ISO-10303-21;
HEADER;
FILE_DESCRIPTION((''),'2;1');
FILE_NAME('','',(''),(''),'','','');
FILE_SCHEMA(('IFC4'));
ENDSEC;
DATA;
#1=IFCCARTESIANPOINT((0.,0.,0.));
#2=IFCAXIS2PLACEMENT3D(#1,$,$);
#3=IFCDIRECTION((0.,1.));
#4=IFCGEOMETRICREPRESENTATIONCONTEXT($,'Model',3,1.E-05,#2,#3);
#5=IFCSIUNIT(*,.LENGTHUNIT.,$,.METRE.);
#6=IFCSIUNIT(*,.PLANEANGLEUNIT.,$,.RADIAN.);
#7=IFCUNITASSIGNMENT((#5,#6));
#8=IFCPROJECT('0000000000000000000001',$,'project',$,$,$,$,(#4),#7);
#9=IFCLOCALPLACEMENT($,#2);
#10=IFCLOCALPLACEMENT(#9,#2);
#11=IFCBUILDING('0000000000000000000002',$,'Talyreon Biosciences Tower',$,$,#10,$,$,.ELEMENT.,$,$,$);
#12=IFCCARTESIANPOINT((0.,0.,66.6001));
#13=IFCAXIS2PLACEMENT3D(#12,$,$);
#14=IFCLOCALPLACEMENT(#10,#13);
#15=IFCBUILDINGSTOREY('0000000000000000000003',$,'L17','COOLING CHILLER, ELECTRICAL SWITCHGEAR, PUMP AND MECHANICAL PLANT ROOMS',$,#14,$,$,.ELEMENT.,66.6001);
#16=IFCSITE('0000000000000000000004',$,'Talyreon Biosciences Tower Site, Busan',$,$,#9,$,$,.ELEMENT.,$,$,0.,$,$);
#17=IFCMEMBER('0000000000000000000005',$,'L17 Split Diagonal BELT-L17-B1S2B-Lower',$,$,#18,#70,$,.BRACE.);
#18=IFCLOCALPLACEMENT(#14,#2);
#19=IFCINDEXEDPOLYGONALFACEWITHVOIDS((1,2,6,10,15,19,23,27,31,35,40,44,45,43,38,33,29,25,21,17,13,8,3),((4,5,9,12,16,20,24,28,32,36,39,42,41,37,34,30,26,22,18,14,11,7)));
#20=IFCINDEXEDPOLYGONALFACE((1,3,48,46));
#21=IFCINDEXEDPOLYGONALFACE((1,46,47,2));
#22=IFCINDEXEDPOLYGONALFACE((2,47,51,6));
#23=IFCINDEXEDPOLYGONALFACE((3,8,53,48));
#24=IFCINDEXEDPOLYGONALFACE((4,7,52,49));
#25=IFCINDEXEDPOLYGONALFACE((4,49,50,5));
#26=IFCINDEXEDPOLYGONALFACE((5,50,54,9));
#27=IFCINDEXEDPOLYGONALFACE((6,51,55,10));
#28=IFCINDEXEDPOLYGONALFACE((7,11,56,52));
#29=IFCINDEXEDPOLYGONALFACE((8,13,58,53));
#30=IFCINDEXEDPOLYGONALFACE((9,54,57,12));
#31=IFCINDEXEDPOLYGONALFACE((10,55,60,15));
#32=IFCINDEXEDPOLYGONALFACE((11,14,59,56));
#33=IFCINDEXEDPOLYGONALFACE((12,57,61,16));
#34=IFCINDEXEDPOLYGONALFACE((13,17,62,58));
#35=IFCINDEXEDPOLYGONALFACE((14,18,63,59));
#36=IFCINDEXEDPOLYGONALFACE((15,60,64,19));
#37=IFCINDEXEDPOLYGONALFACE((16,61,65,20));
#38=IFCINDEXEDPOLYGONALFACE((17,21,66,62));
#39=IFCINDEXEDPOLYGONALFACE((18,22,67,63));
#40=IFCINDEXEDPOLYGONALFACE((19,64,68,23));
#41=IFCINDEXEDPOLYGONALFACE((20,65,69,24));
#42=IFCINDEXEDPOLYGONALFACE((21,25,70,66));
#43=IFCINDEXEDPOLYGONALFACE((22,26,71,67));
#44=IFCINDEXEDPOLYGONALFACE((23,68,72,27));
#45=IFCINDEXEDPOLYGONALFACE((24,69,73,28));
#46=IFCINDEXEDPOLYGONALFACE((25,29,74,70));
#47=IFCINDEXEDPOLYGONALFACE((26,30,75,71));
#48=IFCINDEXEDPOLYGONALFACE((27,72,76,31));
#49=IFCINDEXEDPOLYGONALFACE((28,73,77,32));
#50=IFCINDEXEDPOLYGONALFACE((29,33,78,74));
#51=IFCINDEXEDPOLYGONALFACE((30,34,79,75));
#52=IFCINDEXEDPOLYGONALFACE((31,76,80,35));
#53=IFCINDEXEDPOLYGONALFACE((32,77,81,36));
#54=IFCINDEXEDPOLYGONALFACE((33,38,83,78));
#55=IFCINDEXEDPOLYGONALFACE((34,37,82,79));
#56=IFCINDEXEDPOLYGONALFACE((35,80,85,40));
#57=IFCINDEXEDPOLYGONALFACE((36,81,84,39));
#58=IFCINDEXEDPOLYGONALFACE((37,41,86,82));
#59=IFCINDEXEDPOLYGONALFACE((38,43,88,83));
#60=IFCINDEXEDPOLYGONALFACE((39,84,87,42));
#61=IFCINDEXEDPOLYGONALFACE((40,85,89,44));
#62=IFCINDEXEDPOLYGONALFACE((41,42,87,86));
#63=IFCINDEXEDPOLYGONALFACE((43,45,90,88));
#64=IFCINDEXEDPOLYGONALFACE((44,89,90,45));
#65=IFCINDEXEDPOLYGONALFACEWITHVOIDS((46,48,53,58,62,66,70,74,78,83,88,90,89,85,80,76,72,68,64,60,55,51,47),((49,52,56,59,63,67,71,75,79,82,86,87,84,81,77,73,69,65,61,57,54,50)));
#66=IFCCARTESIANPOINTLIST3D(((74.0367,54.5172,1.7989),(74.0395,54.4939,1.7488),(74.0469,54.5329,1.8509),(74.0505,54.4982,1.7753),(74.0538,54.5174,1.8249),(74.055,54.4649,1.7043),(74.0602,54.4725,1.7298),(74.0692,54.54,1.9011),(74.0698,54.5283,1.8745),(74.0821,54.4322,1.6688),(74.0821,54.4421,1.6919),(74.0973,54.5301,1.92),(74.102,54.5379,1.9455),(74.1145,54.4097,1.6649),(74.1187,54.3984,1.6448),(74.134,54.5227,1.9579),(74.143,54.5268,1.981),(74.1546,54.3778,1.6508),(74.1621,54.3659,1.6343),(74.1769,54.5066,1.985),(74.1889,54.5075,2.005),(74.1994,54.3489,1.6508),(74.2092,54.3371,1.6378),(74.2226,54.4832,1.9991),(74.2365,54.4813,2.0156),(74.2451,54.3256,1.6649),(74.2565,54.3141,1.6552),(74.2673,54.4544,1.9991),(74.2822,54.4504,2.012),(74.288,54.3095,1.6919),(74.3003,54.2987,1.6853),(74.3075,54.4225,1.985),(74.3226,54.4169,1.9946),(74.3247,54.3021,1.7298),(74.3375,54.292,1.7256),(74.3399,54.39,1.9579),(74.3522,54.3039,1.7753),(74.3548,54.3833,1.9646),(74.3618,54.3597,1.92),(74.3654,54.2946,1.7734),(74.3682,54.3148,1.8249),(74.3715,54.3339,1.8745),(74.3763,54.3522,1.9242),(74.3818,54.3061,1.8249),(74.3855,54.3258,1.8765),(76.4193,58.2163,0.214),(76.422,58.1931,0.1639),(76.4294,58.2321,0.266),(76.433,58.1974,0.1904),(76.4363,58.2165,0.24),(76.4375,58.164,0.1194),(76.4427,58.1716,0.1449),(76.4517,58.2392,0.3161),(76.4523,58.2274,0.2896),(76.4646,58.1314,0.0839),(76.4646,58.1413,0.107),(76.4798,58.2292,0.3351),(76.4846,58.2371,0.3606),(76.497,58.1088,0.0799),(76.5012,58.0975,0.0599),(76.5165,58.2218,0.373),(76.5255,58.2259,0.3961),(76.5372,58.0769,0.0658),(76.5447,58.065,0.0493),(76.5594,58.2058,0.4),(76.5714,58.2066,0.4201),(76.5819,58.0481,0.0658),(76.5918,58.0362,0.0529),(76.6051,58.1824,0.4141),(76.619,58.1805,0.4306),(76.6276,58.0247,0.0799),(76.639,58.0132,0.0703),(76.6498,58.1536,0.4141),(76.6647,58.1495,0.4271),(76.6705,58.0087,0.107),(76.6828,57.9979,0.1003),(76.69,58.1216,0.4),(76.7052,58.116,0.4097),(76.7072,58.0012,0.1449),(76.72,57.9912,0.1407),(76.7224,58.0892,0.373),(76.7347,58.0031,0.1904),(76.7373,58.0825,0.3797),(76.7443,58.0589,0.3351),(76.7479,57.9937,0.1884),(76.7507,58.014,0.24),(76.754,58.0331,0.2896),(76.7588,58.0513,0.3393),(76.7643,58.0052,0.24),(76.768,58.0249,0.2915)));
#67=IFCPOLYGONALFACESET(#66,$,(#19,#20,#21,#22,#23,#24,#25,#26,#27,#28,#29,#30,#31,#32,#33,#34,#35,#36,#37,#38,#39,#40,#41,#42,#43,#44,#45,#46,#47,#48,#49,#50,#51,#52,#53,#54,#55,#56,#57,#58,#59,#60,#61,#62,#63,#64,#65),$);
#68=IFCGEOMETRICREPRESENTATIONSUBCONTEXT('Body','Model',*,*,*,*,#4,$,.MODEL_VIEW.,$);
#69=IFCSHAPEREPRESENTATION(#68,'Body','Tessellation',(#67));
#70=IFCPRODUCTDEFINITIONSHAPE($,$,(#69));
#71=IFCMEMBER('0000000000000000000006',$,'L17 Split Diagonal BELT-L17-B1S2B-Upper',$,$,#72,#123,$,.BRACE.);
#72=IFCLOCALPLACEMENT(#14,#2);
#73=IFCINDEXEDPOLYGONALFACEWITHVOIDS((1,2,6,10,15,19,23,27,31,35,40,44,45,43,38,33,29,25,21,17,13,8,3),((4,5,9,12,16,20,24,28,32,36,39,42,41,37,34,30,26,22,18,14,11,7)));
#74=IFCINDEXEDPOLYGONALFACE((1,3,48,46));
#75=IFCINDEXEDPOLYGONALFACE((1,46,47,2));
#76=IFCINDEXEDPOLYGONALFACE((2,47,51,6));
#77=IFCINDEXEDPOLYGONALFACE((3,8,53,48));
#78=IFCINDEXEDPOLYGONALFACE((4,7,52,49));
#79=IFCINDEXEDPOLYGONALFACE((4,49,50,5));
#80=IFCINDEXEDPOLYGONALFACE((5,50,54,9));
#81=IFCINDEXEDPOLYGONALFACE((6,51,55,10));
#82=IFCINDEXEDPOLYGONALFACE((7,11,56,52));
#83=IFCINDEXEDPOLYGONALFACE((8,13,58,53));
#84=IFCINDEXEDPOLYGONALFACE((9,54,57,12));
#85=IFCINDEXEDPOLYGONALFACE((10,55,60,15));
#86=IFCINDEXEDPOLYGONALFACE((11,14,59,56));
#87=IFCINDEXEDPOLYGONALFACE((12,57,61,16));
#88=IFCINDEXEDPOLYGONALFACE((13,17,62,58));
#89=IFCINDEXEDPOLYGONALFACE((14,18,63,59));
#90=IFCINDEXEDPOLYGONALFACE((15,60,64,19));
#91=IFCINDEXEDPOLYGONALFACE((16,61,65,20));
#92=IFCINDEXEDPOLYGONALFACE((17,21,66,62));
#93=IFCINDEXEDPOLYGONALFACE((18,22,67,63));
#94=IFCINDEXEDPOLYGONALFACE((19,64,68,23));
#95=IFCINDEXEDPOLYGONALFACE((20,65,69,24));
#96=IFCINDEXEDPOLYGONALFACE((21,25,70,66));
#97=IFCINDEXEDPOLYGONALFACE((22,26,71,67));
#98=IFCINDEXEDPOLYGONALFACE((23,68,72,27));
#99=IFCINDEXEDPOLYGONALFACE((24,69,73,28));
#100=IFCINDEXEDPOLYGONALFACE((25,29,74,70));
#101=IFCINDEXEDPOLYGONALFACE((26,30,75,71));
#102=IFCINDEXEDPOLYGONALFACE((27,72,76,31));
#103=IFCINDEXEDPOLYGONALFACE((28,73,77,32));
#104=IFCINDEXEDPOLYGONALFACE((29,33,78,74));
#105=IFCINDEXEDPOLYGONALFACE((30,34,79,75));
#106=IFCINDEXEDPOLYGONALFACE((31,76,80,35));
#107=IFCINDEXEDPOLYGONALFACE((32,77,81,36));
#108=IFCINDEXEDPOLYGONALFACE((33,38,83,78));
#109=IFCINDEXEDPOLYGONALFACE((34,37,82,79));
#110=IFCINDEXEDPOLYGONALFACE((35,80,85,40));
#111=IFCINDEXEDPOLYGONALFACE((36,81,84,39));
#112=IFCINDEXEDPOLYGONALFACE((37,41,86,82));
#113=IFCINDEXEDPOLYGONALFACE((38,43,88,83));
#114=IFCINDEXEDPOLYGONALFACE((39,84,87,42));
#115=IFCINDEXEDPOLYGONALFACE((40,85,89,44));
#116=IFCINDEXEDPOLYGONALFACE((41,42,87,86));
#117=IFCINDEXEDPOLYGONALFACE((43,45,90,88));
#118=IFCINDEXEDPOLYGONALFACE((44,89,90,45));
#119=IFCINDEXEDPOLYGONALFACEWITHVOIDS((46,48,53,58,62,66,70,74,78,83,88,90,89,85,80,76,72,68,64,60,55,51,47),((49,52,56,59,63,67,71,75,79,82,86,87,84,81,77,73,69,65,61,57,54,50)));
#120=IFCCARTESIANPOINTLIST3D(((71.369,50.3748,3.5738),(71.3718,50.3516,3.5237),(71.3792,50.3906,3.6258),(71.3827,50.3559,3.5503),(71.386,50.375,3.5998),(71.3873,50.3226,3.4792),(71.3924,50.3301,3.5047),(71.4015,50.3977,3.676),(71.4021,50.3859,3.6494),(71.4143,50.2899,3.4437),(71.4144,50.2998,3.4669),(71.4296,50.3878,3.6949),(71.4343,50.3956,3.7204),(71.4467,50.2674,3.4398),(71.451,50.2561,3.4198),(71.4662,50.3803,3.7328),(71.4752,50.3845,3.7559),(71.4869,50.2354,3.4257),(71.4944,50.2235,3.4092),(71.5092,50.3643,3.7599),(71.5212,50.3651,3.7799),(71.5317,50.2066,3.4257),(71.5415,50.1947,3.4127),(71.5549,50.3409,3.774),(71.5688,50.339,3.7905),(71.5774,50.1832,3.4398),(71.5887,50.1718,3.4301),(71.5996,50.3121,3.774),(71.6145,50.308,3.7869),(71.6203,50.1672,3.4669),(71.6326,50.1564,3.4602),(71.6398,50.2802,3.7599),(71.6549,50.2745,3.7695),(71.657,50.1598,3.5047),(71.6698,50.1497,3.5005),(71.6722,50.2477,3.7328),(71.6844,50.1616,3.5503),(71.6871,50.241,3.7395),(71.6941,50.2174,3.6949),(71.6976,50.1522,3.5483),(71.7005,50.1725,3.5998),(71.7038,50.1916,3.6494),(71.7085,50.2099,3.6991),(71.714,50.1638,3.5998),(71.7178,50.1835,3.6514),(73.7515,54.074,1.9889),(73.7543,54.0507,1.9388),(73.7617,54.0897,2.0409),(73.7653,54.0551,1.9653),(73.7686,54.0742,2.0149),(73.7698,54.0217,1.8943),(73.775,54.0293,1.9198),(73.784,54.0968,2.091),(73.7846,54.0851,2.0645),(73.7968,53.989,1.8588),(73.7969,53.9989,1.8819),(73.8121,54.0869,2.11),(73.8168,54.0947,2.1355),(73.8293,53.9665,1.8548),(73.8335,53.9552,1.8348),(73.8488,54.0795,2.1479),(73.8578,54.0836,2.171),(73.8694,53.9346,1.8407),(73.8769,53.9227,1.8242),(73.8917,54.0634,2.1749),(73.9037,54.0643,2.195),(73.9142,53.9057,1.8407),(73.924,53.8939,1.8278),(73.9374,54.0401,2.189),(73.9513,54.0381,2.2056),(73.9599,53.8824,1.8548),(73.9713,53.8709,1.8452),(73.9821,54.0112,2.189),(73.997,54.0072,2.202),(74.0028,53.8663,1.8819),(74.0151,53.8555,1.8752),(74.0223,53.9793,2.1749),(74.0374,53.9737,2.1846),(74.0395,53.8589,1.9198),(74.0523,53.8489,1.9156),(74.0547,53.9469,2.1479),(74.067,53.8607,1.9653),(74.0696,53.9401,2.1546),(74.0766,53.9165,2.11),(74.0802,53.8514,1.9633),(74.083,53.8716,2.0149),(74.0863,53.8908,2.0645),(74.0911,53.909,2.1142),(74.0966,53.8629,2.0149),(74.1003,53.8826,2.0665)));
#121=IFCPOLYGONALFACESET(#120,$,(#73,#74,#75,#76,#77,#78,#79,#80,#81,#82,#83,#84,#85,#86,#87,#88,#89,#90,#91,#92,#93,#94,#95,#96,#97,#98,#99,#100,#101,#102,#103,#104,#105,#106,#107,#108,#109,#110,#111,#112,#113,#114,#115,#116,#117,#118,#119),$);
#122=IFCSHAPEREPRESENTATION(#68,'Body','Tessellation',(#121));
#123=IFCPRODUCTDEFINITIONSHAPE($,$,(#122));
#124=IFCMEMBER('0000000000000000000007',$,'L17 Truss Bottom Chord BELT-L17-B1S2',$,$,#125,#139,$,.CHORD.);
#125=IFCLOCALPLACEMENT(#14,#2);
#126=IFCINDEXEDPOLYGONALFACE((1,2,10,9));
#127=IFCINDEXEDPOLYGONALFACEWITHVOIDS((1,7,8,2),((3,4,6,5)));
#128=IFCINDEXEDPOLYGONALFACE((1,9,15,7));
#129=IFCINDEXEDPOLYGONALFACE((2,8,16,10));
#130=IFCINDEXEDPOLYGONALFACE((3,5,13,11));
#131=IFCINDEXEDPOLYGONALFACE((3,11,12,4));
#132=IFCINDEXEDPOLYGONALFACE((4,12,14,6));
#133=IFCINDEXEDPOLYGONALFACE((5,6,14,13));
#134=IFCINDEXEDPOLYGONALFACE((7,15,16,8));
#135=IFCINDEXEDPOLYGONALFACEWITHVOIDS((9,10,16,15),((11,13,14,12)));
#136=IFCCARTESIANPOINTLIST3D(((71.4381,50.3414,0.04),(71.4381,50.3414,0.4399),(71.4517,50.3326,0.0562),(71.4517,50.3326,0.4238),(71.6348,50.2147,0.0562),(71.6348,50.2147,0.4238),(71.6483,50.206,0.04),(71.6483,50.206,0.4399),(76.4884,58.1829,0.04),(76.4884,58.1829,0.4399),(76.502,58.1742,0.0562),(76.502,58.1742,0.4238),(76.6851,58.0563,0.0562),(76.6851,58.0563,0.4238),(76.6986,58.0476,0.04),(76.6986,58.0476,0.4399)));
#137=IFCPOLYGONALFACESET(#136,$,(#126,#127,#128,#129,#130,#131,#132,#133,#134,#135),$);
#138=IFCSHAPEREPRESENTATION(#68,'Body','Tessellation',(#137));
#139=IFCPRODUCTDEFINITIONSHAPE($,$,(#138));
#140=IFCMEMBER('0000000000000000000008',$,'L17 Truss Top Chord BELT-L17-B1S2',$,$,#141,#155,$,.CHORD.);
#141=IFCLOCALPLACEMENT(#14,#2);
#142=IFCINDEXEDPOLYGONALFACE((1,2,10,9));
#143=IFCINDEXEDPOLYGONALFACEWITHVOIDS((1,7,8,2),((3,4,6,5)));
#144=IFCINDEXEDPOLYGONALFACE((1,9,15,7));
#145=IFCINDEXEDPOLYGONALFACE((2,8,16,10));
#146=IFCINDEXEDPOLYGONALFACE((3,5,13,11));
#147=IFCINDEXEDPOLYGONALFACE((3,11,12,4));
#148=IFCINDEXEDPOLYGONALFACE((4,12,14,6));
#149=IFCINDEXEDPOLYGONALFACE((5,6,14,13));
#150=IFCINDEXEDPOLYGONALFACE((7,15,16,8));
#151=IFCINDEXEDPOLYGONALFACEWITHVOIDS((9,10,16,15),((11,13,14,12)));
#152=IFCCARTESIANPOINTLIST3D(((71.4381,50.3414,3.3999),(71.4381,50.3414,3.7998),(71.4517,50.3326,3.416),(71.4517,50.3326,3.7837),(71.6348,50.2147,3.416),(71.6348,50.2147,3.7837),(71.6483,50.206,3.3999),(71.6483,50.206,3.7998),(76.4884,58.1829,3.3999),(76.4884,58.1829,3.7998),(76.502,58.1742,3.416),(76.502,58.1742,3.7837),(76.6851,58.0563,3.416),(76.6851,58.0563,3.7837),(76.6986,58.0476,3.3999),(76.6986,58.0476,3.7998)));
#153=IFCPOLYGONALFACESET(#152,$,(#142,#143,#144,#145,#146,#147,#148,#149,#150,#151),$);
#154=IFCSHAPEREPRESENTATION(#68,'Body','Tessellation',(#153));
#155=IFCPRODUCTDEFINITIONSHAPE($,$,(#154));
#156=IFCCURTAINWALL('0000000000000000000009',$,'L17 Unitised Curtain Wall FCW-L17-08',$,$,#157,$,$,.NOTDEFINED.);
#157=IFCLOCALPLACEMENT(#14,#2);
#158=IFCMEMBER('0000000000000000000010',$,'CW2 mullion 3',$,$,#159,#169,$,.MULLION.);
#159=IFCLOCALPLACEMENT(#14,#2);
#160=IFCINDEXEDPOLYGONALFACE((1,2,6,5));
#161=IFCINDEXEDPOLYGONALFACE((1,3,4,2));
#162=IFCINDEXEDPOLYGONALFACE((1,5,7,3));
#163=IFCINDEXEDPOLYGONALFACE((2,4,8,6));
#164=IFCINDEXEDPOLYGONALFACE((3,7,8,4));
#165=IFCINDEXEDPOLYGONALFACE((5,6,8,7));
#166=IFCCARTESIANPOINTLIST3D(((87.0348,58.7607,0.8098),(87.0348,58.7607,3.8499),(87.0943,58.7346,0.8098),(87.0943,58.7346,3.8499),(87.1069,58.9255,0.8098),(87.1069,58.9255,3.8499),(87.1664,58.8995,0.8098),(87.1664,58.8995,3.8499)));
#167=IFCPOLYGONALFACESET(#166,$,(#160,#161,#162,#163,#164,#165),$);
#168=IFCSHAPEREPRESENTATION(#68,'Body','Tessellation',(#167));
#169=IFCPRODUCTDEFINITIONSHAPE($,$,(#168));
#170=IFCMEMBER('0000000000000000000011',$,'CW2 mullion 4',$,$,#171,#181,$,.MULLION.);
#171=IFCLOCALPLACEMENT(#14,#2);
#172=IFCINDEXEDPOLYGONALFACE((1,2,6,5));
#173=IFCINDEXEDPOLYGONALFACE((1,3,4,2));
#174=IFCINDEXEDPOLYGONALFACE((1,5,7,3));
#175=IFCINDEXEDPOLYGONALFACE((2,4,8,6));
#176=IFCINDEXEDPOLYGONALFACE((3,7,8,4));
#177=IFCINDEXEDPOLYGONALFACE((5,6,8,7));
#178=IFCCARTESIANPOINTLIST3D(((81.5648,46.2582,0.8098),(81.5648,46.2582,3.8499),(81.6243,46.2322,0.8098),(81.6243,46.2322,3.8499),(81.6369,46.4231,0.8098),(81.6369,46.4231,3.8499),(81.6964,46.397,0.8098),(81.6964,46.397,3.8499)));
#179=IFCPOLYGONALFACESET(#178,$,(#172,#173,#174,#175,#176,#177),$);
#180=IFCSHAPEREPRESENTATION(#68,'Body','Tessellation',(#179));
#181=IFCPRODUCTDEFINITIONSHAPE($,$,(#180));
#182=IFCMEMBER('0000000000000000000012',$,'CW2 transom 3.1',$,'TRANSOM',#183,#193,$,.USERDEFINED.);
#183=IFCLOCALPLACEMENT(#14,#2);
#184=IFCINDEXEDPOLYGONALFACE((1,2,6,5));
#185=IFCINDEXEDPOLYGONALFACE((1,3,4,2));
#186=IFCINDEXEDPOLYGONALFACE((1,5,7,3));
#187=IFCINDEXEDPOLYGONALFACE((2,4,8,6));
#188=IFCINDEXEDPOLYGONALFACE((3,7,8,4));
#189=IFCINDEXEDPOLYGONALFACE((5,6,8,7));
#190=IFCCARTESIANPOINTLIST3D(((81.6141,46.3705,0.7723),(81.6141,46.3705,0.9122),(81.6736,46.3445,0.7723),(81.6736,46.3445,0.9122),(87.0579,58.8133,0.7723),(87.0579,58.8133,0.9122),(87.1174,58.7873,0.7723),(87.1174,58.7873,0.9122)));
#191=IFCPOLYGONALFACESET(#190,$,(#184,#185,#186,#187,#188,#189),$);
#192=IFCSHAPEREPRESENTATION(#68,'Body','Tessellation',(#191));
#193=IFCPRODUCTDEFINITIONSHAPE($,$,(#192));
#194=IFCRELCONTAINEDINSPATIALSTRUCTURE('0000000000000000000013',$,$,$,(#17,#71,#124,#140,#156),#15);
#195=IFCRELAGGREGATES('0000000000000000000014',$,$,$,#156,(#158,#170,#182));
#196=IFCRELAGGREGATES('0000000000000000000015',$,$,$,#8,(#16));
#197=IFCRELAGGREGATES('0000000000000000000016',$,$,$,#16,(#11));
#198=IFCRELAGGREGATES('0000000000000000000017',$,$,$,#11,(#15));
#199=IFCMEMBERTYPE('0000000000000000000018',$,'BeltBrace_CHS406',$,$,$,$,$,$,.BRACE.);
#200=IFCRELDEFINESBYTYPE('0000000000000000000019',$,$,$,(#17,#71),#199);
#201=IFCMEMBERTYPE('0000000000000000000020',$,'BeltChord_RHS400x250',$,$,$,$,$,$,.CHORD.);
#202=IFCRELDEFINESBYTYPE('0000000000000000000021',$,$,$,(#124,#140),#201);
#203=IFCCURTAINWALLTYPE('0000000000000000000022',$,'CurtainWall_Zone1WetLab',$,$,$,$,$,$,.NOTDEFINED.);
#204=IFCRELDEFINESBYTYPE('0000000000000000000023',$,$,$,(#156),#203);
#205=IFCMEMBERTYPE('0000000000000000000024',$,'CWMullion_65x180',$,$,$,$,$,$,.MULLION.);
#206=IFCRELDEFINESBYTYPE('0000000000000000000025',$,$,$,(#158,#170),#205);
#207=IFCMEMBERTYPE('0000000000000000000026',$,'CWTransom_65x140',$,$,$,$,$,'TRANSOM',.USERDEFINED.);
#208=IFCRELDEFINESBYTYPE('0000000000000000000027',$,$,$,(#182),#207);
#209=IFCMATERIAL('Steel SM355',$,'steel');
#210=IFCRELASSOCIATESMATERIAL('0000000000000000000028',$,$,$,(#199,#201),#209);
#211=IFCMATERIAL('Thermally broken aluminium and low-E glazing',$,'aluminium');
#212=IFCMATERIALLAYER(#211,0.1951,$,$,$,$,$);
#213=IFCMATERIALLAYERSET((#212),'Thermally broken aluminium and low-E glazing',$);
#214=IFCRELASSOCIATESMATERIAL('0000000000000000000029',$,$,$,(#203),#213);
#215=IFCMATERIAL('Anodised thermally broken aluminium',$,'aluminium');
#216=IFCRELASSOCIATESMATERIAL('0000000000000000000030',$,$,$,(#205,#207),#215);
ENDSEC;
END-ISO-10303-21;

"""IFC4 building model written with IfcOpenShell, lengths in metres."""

from ifc_helpers import new_model, si_unit, direction, frame, origin, origin_2d, place, context, subcontext, project, spatial, rectangle, hollow_rectangle, hollow_circle, extrude, material, layer, layer_set, material_profile, profile_set, type_object, element, aggregate, save


model = new_model("IFC4")

# Units and contexts
model_context = context("Model", 3, precision=1e-05, world=origin(), true_north=direction((0.0, 1.0)))
body_context = subcontext(model_context, "Body", "Model", "MODEL_VIEW")
ifc_project = project(units=[si_unit("LENGTHUNIT", "METRE"), si_unit("PLANEANGLEUNIT", "RADIAN")], contexts=[model_context])

# Site, building, storey
site_placement = place(None, origin())
site = spatial("IfcSite", under=ifc_project, at=site_placement, Name="Talyreon Biosciences Tower Site, Busan", CompositionType="ELEMENT", RefElevation=0.0)
building_placement = place(site_placement, origin())
building = spatial("IfcBuilding", under=site, at=building_placement, Name="Talyreon Biosciences Tower", CompositionType="ELEMENT")
storey_placement = place(building_placement, frame((0.0, 0.0, 66.6001)))
storey = spatial("IfcBuildingStorey", under=building, at=storey_placement, Name="L17", Description="COOLING CHILLER, ELECTRICAL SWITCHGEAR, PUMP AND MECHANICAL PLANT ROOMS", CompositionType="ELEMENT", Elevation=66.6001)

# Members
ifc_material_1 = material(Name="Steel SM355", Category="steel")
ifc_material_profile_1 = material_profile(ifc_material_1, hollow_circle(Radius=0.2031, WallThickness=0.0161, at=origin_2d()), Name="CHS 406.4x16")
ifc_profile_set_1 = profile_set([ifc_material_profile_1], Name="Steel SM355")
member_type_1 = type_object("IfcMemberType", Name="BeltBrace_CHS406", PredefinedType="BRACE", material=ifc_profile_set_1)
for number, where, z_axis, x_axis, name in (
    (1, (76.5935, 58.1152, 0.24), (-0.509438, -0.790963, 0.338895), (0.840713, -0.541481, 0.0), "L17 Split Diagonal BELT-L17-B1S2B-Lower"),
    (2, (73.9258, 53.9729, 2.0149), (-0.509438, -0.790963, 0.338895), (0.840713, -0.541481, 0.0), "L17 Split Diagonal BELT-L17-B1S2B-Upper"),
):
    element("IfcMember", number, at=place(storey_placement, frame(where, z_axis=z_axis, x_axis=x_axis)), inside=storey, type_object=member_type_1, Name=name, PredefinedType="BRACE", context=body_context, shape_type="SweptSolid", body=[
        extrude(hollow_circle(Radius=0.2031, WallThickness=0.0161, at=origin_2d()), origin(), (0.0, 0.0, 1.0), 4.6768),
    ])
ifc_material_profile_2 = material_profile(ifc_material_1, hollow_rectangle(XDim=0.25, YDim=0.3999, WallThickness=0.0161, at=origin_2d()), Name="RHS 400x250x16")
ifc_profile_set_2 = profile_set([ifc_material_profile_2], Name="Steel SM355")
member_type_2 = type_object("IfcMemberType", Name="BeltChord_RHS400x250", PredefinedType="CHORD", material=ifc_profile_set_2)
for number, where, z_axis, x_axis, name in (
    (3, (71.5432, 50.2737, 0.24), (0.541463, 0.840725, 0.0), (-0.840725, 0.541463, 0.0), "L17 Truss Bottom Chord BELT-L17-B1S2"),
    (4, (71.5432, 50.2737, 3.5999), (0.541463, 0.840725, 0.0), (-0.840725, 0.541463, 0.0), "L17 Truss Top Chord BELT-L17-B1S2"),
):
    element("IfcMember", number, at=place(storey_placement, frame(where, z_axis=z_axis, x_axis=x_axis)), inside=storey, type_object=member_type_2, Name=name, PredefinedType="CHORD", context=body_context, shape_type="SweptSolid", body=[
        extrude(hollow_rectangle(XDim=0.25, YDim=0.3999, WallThickness=0.0161, at=origin_2d()), origin(), (0.0, 0.0, 1.0), 9.3271),
    ])

# Curtain wall, members
ifc_material_2 = material(Name="Thermally broken aluminium and low-E glazing", Category="aluminium")
ifc_layer_1 = layer(ifc_material_2, 0.1951)
ifc_layer_set_1 = layer_set([ifc_layer_1], Name="Thermally broken aluminium and low-E glazing")
curtain_wall_type = type_object("IfcCurtainWallType", Name="CurtainWall_Zone1WetLab", PredefinedType="NOTDEFINED", material=ifc_layer_set_1)
curtain_wall_placement = place(storey_placement, origin())
curtain_wall = element("IfcCurtainWall", 5, at=curtain_wall_placement, inside=storey, type_object=curtain_wall_type, Name="L17 Unitised Curtain Wall FCW-L17-08", PredefinedType="NOTDEFINED")
ifc_material_3 = material(Name="Anodised thermally broken aluminium", Category="aluminium")
ifc_material_profile_3 = material_profile(ifc_material_3, rectangle(XDim=0.0649, YDim=0.1799, at=origin_2d()), Name="ALUM MULLION 65x180")
ifc_profile_set_3 = profile_set([ifc_material_profile_3], Name="Anodised thermally broken aluminium")
member_type_3 = type_object("IfcMemberType", Name="CWMullion_65x180", PredefinedType="MULLION", material=ifc_profile_set_3)
member_1_placement = place(storey_placement, frame((87.1006, 58.8301, 0.8098), z_axis=(0.0, 0.0, 1.0), x_axis=(0.916152, -0.400831, 0.0)))
member_1 = element("IfcMember", 6, at=member_1_placement, type_object=member_type_3, Name="CW2 mullion 3", PredefinedType="MULLION", context=body_context, shape_type="SweptSolid", body=[
    extrude(rectangle(XDim=0.0649, YDim=0.1799, at=origin_2d()), origin(), (0.0, 0.0, 1.0), 3.04),
])
member_2_placement = place(storey_placement, frame((81.6306, 46.3276, 0.8098), z_axis=(0.0, 0.0, 1.0), x_axis=(0.916152, -0.400831, 0.0)))
member_2 = element("IfcMember", 7, at=member_2_placement, type_object=member_type_3, Name="CW2 mullion 4", PredefinedType="MULLION", context=body_context, shape_type="SweptSolid", body=[
    extrude(rectangle(XDim=0.0649, YDim=0.1799, at=origin_2d()), origin(), (0.0, 0.0, 1.0), 3.04),
])
ifc_material_profile_4 = material_profile(ifc_material_3, rectangle(XDim=0.0649, YDim=0.1399, at=origin_2d()), Name="ALUM TRANSOM 65x140")
ifc_profile_set_4 = profile_set([ifc_material_profile_4], Name="Anodised thermally broken aluminium")
member_type_4 = type_object("IfcMemberType", Name="CWTransom_65x140", ElementType="TRANSOM", PredefinedType="USERDEFINED", material=ifc_profile_set_4)
member_3_placement = place(storey_placement, frame((87.0876, 58.8003, 0.8423), z_axis=(-0.400824, -0.916155, 0.0), x_axis=(0.916155, -0.400824, 0.0)))
member_3 = element("IfcMember", 8, at=member_3_placement, type_object=member_type_4, Name="CW2 transom 3.1", ObjectType="TRANSOM", PredefinedType="USERDEFINED", context=body_context, shape_type="SweptSolid", body=[
    extrude(rectangle(XDim=0.0649, YDim=0.1399, at=origin_2d()), origin(), (0.0, 0.0, 1.0), 13.5815),
])

aggregate(curtain_wall, [member_1, member_2, member_3])

save(model, "model.ifc")
